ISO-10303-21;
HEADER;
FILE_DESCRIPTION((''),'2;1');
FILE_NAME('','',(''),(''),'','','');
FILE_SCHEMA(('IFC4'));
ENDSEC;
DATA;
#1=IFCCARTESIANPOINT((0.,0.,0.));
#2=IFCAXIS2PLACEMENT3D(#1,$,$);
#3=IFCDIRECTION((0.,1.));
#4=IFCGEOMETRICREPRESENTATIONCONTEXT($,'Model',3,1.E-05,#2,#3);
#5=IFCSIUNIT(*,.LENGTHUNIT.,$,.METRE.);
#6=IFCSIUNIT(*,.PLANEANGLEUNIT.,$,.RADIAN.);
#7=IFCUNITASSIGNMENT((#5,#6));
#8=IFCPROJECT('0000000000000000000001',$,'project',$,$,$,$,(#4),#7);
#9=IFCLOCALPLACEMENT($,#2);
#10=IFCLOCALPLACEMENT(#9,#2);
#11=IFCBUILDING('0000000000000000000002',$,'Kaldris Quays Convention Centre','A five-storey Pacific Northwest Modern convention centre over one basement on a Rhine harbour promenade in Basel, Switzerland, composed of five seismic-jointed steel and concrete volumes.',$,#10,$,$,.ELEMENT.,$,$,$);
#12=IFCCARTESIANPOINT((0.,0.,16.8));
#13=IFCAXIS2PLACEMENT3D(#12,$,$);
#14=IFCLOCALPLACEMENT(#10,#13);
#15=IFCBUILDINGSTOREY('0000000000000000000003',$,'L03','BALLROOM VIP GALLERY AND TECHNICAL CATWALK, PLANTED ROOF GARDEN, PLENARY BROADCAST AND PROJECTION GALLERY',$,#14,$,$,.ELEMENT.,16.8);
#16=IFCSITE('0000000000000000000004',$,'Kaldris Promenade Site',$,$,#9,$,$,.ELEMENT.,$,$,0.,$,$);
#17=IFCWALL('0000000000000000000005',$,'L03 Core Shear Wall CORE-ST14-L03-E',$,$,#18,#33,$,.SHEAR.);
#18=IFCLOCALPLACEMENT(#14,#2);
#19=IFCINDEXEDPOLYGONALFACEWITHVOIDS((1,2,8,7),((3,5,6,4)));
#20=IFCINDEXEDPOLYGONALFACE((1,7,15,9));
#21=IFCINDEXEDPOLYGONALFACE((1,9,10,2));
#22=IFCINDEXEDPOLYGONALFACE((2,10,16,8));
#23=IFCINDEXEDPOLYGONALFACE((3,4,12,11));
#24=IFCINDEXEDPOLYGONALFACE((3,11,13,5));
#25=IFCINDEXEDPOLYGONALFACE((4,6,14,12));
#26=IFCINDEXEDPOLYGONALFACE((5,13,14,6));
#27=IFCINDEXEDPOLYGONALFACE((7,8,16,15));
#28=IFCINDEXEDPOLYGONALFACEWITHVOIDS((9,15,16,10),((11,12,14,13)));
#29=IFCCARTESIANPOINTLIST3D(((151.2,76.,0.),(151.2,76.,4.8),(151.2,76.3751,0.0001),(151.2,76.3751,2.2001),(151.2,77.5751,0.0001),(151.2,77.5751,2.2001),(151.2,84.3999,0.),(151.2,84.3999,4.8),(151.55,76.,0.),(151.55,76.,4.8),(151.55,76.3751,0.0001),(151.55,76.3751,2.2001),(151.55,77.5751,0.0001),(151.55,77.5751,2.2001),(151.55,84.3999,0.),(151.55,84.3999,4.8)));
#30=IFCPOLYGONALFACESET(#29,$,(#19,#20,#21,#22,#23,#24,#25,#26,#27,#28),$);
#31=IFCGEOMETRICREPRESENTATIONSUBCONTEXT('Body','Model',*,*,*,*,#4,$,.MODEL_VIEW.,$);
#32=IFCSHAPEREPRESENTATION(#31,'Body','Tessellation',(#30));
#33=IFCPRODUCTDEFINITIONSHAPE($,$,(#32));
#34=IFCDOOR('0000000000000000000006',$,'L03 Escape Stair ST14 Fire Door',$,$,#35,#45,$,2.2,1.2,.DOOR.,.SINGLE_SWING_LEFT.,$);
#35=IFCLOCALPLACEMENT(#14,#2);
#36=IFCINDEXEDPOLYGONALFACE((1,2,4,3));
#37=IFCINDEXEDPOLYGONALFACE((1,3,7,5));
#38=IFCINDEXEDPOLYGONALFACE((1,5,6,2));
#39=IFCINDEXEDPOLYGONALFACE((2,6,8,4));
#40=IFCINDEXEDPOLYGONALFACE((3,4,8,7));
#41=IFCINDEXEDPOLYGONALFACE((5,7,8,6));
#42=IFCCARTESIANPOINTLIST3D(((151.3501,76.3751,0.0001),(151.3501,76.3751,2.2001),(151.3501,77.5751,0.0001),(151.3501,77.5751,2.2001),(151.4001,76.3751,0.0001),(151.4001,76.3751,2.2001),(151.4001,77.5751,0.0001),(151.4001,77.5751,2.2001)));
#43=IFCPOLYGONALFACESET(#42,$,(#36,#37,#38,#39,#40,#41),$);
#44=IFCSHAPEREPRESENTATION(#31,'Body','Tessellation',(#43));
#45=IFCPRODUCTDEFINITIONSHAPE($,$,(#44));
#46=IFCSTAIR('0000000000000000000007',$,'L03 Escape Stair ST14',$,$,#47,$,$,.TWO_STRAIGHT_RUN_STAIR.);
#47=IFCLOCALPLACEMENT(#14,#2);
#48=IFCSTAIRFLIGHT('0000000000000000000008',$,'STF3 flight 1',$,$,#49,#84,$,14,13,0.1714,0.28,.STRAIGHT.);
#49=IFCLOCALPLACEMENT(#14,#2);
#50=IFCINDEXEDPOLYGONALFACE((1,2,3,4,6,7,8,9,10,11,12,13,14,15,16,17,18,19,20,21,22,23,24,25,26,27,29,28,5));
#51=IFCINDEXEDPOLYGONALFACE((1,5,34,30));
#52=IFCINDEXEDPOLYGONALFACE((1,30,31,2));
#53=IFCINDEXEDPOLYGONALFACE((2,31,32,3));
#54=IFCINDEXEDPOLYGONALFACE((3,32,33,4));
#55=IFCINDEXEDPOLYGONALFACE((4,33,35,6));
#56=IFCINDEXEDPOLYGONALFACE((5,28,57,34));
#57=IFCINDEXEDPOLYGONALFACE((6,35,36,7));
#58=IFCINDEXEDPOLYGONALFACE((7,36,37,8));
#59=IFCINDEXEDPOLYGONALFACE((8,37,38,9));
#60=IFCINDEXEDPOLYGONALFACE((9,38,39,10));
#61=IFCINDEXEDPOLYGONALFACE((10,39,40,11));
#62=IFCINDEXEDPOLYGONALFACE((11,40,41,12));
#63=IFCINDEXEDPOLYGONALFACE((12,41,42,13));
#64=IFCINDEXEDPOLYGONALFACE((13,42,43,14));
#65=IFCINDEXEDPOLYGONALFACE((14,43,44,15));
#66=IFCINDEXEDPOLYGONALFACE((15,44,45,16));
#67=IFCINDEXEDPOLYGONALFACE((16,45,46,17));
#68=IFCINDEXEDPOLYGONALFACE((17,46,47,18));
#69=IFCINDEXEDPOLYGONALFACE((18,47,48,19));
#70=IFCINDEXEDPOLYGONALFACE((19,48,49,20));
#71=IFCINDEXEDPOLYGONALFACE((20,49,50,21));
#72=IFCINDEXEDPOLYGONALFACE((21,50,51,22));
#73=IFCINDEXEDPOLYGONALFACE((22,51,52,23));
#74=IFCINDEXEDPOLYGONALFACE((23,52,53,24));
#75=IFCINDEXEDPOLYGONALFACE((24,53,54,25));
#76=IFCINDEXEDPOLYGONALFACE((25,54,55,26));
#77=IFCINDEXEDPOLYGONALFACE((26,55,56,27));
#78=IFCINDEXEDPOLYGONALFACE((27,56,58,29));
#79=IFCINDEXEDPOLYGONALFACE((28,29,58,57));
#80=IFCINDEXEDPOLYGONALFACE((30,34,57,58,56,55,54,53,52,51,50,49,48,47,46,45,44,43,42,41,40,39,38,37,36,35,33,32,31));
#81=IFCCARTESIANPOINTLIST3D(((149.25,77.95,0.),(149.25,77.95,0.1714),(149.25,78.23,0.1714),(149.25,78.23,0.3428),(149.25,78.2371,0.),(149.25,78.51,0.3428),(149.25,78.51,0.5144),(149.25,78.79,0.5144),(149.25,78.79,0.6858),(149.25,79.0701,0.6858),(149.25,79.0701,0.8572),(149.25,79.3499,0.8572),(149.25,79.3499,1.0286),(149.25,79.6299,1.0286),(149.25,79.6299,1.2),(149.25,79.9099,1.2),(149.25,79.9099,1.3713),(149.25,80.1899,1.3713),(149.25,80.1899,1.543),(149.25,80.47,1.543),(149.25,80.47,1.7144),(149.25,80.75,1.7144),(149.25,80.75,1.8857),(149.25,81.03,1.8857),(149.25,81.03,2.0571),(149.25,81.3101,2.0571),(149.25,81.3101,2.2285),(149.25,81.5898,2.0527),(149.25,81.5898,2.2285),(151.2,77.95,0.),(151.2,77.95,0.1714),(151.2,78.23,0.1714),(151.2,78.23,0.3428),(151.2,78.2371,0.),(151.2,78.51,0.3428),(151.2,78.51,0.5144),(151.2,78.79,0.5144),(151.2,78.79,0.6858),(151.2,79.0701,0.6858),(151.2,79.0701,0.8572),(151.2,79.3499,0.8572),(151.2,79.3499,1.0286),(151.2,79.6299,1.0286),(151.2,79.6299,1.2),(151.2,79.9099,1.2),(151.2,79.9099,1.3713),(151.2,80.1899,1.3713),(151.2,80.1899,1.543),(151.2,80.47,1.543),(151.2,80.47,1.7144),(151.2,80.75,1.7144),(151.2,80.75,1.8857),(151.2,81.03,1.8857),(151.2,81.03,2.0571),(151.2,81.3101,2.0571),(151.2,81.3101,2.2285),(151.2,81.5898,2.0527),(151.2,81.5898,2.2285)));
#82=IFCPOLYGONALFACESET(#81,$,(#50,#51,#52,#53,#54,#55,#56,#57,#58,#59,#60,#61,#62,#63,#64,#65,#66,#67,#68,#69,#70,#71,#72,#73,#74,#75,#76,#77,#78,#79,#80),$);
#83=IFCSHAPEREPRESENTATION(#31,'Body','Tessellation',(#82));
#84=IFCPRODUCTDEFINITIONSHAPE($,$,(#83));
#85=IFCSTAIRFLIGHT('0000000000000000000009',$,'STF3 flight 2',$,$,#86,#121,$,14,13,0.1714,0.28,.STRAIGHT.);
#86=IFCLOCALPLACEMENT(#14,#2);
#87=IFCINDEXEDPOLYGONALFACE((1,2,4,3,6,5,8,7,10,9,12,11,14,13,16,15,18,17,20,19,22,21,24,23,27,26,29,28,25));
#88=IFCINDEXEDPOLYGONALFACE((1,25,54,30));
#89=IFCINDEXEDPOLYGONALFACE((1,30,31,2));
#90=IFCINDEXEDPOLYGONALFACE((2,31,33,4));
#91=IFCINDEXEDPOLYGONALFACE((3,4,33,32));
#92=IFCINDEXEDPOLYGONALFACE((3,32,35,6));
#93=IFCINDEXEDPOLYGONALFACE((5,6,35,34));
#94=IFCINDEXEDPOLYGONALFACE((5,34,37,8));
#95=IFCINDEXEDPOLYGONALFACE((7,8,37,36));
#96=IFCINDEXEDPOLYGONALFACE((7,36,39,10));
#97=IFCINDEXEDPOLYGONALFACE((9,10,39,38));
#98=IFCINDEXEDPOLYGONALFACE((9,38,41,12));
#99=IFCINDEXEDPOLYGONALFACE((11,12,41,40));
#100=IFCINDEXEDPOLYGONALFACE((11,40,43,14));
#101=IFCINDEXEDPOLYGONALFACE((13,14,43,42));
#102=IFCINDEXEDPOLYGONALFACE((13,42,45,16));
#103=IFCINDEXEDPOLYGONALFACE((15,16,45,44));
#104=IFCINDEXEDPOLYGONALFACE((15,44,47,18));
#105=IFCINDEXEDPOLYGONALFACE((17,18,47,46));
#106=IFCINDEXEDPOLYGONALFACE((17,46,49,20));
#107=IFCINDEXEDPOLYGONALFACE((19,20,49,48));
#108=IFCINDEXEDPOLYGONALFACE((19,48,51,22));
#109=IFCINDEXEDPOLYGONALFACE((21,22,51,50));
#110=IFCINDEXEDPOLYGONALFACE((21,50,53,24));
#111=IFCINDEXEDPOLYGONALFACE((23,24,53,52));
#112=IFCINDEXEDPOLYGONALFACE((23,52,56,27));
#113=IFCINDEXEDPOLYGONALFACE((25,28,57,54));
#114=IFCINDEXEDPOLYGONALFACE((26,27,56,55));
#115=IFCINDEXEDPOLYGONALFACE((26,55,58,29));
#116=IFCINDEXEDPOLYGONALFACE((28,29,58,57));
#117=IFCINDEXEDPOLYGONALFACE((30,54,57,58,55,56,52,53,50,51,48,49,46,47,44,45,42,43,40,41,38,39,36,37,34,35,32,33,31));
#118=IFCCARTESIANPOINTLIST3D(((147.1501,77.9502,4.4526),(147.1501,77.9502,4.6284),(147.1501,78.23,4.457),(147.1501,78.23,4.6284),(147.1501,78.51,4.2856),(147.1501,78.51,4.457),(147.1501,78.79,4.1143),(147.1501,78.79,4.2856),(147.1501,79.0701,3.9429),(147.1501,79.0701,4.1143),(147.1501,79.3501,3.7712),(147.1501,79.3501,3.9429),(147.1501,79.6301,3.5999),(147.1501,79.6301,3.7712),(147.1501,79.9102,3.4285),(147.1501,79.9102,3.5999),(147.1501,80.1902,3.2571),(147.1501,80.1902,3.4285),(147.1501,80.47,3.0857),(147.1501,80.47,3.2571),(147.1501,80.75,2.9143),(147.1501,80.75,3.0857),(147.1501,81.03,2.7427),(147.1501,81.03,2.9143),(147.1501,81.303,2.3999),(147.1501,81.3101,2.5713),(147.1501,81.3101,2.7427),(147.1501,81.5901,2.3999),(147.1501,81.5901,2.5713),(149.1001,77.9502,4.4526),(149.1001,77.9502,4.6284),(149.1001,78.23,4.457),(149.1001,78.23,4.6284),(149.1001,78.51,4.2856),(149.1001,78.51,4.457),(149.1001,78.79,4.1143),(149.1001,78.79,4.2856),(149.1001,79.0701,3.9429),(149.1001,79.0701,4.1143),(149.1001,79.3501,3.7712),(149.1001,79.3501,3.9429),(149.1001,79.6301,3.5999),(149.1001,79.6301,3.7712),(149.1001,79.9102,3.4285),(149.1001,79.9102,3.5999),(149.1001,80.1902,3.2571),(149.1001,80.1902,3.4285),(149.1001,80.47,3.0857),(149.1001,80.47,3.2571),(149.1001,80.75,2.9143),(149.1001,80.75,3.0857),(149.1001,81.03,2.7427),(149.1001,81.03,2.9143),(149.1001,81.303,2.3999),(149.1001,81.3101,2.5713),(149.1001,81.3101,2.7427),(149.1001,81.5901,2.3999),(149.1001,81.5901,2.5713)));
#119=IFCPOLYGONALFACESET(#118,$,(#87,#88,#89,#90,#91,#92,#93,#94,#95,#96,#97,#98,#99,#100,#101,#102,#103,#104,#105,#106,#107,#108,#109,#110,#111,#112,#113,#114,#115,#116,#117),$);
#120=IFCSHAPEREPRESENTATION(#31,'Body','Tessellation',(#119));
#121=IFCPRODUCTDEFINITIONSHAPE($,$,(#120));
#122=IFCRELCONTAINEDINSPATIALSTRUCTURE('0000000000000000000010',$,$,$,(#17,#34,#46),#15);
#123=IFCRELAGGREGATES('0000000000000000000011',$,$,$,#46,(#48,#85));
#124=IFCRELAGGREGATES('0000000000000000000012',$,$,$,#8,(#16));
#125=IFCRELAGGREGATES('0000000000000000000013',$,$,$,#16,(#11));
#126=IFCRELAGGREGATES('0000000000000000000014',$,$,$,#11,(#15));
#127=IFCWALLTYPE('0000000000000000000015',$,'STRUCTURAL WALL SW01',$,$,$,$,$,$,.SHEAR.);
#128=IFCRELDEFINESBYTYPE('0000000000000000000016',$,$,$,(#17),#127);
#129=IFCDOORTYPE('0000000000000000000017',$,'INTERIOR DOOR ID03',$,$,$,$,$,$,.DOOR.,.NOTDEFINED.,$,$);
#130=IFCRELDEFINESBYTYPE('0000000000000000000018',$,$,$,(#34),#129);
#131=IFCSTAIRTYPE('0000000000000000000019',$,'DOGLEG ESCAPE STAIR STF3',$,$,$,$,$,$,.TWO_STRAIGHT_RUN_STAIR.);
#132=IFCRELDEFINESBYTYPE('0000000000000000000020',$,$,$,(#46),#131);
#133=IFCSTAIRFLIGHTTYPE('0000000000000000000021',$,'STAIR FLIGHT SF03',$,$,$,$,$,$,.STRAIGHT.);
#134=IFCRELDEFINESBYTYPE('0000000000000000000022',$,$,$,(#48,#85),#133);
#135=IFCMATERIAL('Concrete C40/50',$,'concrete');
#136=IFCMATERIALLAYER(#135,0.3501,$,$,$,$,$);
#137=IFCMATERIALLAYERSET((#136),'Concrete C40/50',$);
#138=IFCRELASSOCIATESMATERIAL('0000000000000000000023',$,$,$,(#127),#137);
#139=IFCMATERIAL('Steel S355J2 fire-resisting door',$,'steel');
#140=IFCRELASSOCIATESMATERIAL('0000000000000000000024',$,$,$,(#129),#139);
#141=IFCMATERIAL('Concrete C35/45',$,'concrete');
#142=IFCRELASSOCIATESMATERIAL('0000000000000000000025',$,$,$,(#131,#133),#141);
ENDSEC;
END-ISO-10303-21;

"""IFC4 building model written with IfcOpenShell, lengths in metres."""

from ifc_helpers import new_model, si_unit, direction, frame, frame_2d, origin, place, context, subcontext, project, spatial, polyline, rectangle, outline, extrude, material, layer, layer_set, type_object, element, fill, aggregate, save


model = new_model("IFC4")

# Units and contexts
model_context = context("Model", 3, precision=1e-05, world=origin(), true_north=direction((0.0, 1.0)))
body_context = subcontext(model_context, "Body", "Model", "MODEL_VIEW")
ifc_project = project(units=[si_unit("LENGTHUNIT", "METRE"), si_unit("PLANEANGLEUNIT", "RADIAN")], contexts=[model_context])

# Site, building, storey
site_placement = place(None, origin())
site = spatial("IfcSite", under=ifc_project, at=site_placement, Name="Kaldris Promenade Site", CompositionType="ELEMENT", RefElevation=0.0)
building_placement = place(site_placement, origin())
building = spatial("IfcBuilding", under=site, at=building_placement, Name="Kaldris Quays Convention Centre", Description="A five-storey Pacific Northwest Modern convention centre over one basement on a Rhine harbour promenade in Basel, Switzerland, composed of five seismic-jointed steel and concrete volumes.", CompositionType="ELEMENT")
storey_placement = place(building_placement, frame((0.0, 0.0, 16.8)))
storey = spatial("IfcBuildingStorey", under=building, at=storey_placement, Name="L03", Description="BALLROOM VIP GALLERY AND TECHNICAL CATWALK, PLANTED ROOF GARDEN, PLENARY BROADCAST AND PROJECTION GALLERY", CompositionType="ELEMENT", Elevation=16.8)

# Shared definitions
ifc_material_1 = material(Name="Concrete C40/50", Category="concrete")
ifc_layer_1 = layer(ifc_material_1, 0.3501)
ifc_layer_set_1 = layer_set([ifc_layer_1], Name="Concrete C40/50")
wall_type_1 = type_object("IfcWallType", Name="STRUCTURAL WALL SW01", PredefinedType="SHEAR", material=ifc_layer_set_1)

# Wall, opening, door
wall_1_placement = place(storey_placement, frame((151.375, 76.0, 0.0), z_axis=(0.0, 0.0, 1.0), x_axis=(0.0, 1.0, 0.0)))
wall_1 = element("IfcWall", 1, at=wall_1_placement, inside=storey, type_object=wall_type_1, Name="L03 Core Shear Wall CORE-ST14-L03-E", PredefinedType="SHEAR", context=body_context, shape_type="SweptSolid", body=[
    extrude(rectangle(XDim=8.3999, YDim=0.3501, at=frame_2d((4.2, 0.0))), origin(), (0.0, 0.0, 1.0), 4.8),
])
opening_placement = place(wall_1_placement, frame((0.375, 0.0, 0.0)))
opening = element("IfcOpeningElement", 2, at=opening_placement, cuts=wall_1, PredefinedType="OPENING", context=body_context, shape_type="SweptSolid", body=[
    extrude(rectangle(XDim=1.2, YDim=2.2, at=frame_2d((0.6001, 1.1001))), frame((0.0, 0.1851, 0.0), z_axis=(0.0, -1.0, 0.0), x_axis=(1.0, 0.0, 0.0)), (0.0, 0.0, 1.0), 0.3701),
])
ifc_material_2 = material(Name="Steel S355J2 fire-resisting door", Category="steel")
door_type = type_object("IfcDoorType", Name="INTERIOR DOOR ID03", OperationType="NOTDEFINED", PredefinedType="DOOR", material=ifc_material_2)
door_placement = place(opening_placement, origin())
door = element("IfcDoor", 3, at=door_placement, inside=storey, type_object=door_type, Name="L03 Escape Stair ST14 Fire Door", OperationType="SINGLE_SWING_LEFT", OverallHeight=2.2, OverallWidth=1.2, PredefinedType="DOOR", context=body_context, shape_type="SweptSolid", body=[
    extrude(rectangle(XDim=1.2, YDim=2.2, at=frame_2d((0.6001, 1.1001))), frame((0.0, 0.0249, 0.0), z_axis=(0.0, -1.0, 0.0), x_axis=(1.0, 0.0, 0.0)), (0.0, 0.0, 1.0), 0.05),
])
fill(opening, door)

# Stair, stair flights
ifc_material_3 = material(Name="Concrete C35/45", Category="concrete")
stair_type = type_object("IfcStairType", Name="DOGLEG ESCAPE STAIR STF3", PredefinedType="TWO_STRAIGHT_RUN_STAIR", material=ifc_material_3)
stair_placement = place(storey_placement, origin())
stair = element("IfcStair", 4, at=stair_placement, inside=storey, type_object=stair_type, Name="L03 Escape Stair ST14", PredefinedType="TWO_STRAIGHT_RUN_STAIR")
stair_flight_type = type_object("IfcStairFlightType", Name="STAIR FLIGHT SF03", PredefinedType="STRAIGHT", material=ifc_material_3)
stair_flight_1_placement = place(storey_placement, frame((150.2251, 77.95, 0.0), z_axis=(0.0, 0.0, 1.0), x_axis=(0.0, 1.0, 0.0)))
stair_flight_1 = element("IfcStairFlight", 5, at=stair_flight_1_placement, type_object=stair_flight_type, Name="STF3 flight 1", NumberOfRisers=14, NumberOfTreads=13, PredefinedType="STRAIGHT", RiserHeight=0.1714, TreadLength=0.28, context=body_context, shape_type="SweptSolid", body=[
    extrude(outline(polyline([(0.0, 0.0), (0.0, 0.1714), (0.28, 0.1714), (0.28, 0.3428), (0.5601, 0.3428), (0.5601, 0.5144), (0.8401, 0.5144), (0.8401, 0.6858), (1.1201, 0.6858), (1.1201, 0.8572), (1.3999, 0.8572), (1.3999, 1.0286), (1.6799, 1.0286), (1.6799, 1.2), (1.96, 1.2), (1.96, 1.3713), (2.24, 1.3713), (2.24, 1.543), (2.52, 1.543), (2.52, 1.7144), (2.8, 1.7144), (2.8, 1.8857), (3.0801, 1.8857), (3.0801, 2.0571), (3.3601, 2.0571), (3.3601, 2.2285), (3.6399, 2.2285), (3.6399, 2.3999), (3.6399, 2.0527), (0.2871, 0.0), (0.0, 0.0)])), frame((0.0, 0.9751, 0.0), z_axis=(0.0, -1.0, 0.0), x_axis=(1.0, 0.0, 0.0)), (0.0, 0.0, 1.0), 1.95),
])
stair_flight_2_placement = place(storey_placement, frame((148.125, 81.5901, 2.3999), z_axis=(0.0, 0.0, 1.0), x_axis=(0.0, -1.0, 0.0)))
stair_flight_2 = element("IfcStairFlight", 6, at=stair_flight_2_placement, type_object=stair_flight_type, Name="STF3 flight 2", NumberOfRisers=14, NumberOfTreads=13, PredefinedType="STRAIGHT", RiserHeight=0.1714, TreadLength=0.28, context=body_context, shape_type="SweptSolid", body=[
    extrude(outline(polyline([(0.0, 0.0), (0.0, 0.1714), (0.28, 0.1714), (0.28, 0.3428), (0.5601, 0.3428), (0.5601, 0.5144), (0.8401, 0.5144), (0.8401, 0.6858), (1.1201, 0.6858), (1.1201, 0.8572), (1.3999, 0.8572), (1.3999, 1.0286), (1.6799, 1.0286), (1.6799, 1.2), (1.96, 1.2), (1.96, 1.3713), (2.24, 1.3713), (2.24, 1.543), (2.52, 1.543), (2.52, 1.7144), (2.8, 1.7144), (2.8, 1.8857), (3.0801, 1.8857), (3.0801, 2.0571), (3.3601, 2.0571), (3.3601, 2.2285), (3.6399, 2.2285), (3.6399, 2.3999), (3.6399, 2.0527), (0.2871, 0.0), (0.0, 0.0)])), frame((0.0, 0.9751, 0.0), z_axis=(0.0, -1.0, 0.0), x_axis=(1.0, 0.0, 0.0)), (0.0, 0.0, 1.0), 1.95),
])
aggregate(stair, [stair_flight_1, stair_flight_2])

save(model, "model.ifc")
